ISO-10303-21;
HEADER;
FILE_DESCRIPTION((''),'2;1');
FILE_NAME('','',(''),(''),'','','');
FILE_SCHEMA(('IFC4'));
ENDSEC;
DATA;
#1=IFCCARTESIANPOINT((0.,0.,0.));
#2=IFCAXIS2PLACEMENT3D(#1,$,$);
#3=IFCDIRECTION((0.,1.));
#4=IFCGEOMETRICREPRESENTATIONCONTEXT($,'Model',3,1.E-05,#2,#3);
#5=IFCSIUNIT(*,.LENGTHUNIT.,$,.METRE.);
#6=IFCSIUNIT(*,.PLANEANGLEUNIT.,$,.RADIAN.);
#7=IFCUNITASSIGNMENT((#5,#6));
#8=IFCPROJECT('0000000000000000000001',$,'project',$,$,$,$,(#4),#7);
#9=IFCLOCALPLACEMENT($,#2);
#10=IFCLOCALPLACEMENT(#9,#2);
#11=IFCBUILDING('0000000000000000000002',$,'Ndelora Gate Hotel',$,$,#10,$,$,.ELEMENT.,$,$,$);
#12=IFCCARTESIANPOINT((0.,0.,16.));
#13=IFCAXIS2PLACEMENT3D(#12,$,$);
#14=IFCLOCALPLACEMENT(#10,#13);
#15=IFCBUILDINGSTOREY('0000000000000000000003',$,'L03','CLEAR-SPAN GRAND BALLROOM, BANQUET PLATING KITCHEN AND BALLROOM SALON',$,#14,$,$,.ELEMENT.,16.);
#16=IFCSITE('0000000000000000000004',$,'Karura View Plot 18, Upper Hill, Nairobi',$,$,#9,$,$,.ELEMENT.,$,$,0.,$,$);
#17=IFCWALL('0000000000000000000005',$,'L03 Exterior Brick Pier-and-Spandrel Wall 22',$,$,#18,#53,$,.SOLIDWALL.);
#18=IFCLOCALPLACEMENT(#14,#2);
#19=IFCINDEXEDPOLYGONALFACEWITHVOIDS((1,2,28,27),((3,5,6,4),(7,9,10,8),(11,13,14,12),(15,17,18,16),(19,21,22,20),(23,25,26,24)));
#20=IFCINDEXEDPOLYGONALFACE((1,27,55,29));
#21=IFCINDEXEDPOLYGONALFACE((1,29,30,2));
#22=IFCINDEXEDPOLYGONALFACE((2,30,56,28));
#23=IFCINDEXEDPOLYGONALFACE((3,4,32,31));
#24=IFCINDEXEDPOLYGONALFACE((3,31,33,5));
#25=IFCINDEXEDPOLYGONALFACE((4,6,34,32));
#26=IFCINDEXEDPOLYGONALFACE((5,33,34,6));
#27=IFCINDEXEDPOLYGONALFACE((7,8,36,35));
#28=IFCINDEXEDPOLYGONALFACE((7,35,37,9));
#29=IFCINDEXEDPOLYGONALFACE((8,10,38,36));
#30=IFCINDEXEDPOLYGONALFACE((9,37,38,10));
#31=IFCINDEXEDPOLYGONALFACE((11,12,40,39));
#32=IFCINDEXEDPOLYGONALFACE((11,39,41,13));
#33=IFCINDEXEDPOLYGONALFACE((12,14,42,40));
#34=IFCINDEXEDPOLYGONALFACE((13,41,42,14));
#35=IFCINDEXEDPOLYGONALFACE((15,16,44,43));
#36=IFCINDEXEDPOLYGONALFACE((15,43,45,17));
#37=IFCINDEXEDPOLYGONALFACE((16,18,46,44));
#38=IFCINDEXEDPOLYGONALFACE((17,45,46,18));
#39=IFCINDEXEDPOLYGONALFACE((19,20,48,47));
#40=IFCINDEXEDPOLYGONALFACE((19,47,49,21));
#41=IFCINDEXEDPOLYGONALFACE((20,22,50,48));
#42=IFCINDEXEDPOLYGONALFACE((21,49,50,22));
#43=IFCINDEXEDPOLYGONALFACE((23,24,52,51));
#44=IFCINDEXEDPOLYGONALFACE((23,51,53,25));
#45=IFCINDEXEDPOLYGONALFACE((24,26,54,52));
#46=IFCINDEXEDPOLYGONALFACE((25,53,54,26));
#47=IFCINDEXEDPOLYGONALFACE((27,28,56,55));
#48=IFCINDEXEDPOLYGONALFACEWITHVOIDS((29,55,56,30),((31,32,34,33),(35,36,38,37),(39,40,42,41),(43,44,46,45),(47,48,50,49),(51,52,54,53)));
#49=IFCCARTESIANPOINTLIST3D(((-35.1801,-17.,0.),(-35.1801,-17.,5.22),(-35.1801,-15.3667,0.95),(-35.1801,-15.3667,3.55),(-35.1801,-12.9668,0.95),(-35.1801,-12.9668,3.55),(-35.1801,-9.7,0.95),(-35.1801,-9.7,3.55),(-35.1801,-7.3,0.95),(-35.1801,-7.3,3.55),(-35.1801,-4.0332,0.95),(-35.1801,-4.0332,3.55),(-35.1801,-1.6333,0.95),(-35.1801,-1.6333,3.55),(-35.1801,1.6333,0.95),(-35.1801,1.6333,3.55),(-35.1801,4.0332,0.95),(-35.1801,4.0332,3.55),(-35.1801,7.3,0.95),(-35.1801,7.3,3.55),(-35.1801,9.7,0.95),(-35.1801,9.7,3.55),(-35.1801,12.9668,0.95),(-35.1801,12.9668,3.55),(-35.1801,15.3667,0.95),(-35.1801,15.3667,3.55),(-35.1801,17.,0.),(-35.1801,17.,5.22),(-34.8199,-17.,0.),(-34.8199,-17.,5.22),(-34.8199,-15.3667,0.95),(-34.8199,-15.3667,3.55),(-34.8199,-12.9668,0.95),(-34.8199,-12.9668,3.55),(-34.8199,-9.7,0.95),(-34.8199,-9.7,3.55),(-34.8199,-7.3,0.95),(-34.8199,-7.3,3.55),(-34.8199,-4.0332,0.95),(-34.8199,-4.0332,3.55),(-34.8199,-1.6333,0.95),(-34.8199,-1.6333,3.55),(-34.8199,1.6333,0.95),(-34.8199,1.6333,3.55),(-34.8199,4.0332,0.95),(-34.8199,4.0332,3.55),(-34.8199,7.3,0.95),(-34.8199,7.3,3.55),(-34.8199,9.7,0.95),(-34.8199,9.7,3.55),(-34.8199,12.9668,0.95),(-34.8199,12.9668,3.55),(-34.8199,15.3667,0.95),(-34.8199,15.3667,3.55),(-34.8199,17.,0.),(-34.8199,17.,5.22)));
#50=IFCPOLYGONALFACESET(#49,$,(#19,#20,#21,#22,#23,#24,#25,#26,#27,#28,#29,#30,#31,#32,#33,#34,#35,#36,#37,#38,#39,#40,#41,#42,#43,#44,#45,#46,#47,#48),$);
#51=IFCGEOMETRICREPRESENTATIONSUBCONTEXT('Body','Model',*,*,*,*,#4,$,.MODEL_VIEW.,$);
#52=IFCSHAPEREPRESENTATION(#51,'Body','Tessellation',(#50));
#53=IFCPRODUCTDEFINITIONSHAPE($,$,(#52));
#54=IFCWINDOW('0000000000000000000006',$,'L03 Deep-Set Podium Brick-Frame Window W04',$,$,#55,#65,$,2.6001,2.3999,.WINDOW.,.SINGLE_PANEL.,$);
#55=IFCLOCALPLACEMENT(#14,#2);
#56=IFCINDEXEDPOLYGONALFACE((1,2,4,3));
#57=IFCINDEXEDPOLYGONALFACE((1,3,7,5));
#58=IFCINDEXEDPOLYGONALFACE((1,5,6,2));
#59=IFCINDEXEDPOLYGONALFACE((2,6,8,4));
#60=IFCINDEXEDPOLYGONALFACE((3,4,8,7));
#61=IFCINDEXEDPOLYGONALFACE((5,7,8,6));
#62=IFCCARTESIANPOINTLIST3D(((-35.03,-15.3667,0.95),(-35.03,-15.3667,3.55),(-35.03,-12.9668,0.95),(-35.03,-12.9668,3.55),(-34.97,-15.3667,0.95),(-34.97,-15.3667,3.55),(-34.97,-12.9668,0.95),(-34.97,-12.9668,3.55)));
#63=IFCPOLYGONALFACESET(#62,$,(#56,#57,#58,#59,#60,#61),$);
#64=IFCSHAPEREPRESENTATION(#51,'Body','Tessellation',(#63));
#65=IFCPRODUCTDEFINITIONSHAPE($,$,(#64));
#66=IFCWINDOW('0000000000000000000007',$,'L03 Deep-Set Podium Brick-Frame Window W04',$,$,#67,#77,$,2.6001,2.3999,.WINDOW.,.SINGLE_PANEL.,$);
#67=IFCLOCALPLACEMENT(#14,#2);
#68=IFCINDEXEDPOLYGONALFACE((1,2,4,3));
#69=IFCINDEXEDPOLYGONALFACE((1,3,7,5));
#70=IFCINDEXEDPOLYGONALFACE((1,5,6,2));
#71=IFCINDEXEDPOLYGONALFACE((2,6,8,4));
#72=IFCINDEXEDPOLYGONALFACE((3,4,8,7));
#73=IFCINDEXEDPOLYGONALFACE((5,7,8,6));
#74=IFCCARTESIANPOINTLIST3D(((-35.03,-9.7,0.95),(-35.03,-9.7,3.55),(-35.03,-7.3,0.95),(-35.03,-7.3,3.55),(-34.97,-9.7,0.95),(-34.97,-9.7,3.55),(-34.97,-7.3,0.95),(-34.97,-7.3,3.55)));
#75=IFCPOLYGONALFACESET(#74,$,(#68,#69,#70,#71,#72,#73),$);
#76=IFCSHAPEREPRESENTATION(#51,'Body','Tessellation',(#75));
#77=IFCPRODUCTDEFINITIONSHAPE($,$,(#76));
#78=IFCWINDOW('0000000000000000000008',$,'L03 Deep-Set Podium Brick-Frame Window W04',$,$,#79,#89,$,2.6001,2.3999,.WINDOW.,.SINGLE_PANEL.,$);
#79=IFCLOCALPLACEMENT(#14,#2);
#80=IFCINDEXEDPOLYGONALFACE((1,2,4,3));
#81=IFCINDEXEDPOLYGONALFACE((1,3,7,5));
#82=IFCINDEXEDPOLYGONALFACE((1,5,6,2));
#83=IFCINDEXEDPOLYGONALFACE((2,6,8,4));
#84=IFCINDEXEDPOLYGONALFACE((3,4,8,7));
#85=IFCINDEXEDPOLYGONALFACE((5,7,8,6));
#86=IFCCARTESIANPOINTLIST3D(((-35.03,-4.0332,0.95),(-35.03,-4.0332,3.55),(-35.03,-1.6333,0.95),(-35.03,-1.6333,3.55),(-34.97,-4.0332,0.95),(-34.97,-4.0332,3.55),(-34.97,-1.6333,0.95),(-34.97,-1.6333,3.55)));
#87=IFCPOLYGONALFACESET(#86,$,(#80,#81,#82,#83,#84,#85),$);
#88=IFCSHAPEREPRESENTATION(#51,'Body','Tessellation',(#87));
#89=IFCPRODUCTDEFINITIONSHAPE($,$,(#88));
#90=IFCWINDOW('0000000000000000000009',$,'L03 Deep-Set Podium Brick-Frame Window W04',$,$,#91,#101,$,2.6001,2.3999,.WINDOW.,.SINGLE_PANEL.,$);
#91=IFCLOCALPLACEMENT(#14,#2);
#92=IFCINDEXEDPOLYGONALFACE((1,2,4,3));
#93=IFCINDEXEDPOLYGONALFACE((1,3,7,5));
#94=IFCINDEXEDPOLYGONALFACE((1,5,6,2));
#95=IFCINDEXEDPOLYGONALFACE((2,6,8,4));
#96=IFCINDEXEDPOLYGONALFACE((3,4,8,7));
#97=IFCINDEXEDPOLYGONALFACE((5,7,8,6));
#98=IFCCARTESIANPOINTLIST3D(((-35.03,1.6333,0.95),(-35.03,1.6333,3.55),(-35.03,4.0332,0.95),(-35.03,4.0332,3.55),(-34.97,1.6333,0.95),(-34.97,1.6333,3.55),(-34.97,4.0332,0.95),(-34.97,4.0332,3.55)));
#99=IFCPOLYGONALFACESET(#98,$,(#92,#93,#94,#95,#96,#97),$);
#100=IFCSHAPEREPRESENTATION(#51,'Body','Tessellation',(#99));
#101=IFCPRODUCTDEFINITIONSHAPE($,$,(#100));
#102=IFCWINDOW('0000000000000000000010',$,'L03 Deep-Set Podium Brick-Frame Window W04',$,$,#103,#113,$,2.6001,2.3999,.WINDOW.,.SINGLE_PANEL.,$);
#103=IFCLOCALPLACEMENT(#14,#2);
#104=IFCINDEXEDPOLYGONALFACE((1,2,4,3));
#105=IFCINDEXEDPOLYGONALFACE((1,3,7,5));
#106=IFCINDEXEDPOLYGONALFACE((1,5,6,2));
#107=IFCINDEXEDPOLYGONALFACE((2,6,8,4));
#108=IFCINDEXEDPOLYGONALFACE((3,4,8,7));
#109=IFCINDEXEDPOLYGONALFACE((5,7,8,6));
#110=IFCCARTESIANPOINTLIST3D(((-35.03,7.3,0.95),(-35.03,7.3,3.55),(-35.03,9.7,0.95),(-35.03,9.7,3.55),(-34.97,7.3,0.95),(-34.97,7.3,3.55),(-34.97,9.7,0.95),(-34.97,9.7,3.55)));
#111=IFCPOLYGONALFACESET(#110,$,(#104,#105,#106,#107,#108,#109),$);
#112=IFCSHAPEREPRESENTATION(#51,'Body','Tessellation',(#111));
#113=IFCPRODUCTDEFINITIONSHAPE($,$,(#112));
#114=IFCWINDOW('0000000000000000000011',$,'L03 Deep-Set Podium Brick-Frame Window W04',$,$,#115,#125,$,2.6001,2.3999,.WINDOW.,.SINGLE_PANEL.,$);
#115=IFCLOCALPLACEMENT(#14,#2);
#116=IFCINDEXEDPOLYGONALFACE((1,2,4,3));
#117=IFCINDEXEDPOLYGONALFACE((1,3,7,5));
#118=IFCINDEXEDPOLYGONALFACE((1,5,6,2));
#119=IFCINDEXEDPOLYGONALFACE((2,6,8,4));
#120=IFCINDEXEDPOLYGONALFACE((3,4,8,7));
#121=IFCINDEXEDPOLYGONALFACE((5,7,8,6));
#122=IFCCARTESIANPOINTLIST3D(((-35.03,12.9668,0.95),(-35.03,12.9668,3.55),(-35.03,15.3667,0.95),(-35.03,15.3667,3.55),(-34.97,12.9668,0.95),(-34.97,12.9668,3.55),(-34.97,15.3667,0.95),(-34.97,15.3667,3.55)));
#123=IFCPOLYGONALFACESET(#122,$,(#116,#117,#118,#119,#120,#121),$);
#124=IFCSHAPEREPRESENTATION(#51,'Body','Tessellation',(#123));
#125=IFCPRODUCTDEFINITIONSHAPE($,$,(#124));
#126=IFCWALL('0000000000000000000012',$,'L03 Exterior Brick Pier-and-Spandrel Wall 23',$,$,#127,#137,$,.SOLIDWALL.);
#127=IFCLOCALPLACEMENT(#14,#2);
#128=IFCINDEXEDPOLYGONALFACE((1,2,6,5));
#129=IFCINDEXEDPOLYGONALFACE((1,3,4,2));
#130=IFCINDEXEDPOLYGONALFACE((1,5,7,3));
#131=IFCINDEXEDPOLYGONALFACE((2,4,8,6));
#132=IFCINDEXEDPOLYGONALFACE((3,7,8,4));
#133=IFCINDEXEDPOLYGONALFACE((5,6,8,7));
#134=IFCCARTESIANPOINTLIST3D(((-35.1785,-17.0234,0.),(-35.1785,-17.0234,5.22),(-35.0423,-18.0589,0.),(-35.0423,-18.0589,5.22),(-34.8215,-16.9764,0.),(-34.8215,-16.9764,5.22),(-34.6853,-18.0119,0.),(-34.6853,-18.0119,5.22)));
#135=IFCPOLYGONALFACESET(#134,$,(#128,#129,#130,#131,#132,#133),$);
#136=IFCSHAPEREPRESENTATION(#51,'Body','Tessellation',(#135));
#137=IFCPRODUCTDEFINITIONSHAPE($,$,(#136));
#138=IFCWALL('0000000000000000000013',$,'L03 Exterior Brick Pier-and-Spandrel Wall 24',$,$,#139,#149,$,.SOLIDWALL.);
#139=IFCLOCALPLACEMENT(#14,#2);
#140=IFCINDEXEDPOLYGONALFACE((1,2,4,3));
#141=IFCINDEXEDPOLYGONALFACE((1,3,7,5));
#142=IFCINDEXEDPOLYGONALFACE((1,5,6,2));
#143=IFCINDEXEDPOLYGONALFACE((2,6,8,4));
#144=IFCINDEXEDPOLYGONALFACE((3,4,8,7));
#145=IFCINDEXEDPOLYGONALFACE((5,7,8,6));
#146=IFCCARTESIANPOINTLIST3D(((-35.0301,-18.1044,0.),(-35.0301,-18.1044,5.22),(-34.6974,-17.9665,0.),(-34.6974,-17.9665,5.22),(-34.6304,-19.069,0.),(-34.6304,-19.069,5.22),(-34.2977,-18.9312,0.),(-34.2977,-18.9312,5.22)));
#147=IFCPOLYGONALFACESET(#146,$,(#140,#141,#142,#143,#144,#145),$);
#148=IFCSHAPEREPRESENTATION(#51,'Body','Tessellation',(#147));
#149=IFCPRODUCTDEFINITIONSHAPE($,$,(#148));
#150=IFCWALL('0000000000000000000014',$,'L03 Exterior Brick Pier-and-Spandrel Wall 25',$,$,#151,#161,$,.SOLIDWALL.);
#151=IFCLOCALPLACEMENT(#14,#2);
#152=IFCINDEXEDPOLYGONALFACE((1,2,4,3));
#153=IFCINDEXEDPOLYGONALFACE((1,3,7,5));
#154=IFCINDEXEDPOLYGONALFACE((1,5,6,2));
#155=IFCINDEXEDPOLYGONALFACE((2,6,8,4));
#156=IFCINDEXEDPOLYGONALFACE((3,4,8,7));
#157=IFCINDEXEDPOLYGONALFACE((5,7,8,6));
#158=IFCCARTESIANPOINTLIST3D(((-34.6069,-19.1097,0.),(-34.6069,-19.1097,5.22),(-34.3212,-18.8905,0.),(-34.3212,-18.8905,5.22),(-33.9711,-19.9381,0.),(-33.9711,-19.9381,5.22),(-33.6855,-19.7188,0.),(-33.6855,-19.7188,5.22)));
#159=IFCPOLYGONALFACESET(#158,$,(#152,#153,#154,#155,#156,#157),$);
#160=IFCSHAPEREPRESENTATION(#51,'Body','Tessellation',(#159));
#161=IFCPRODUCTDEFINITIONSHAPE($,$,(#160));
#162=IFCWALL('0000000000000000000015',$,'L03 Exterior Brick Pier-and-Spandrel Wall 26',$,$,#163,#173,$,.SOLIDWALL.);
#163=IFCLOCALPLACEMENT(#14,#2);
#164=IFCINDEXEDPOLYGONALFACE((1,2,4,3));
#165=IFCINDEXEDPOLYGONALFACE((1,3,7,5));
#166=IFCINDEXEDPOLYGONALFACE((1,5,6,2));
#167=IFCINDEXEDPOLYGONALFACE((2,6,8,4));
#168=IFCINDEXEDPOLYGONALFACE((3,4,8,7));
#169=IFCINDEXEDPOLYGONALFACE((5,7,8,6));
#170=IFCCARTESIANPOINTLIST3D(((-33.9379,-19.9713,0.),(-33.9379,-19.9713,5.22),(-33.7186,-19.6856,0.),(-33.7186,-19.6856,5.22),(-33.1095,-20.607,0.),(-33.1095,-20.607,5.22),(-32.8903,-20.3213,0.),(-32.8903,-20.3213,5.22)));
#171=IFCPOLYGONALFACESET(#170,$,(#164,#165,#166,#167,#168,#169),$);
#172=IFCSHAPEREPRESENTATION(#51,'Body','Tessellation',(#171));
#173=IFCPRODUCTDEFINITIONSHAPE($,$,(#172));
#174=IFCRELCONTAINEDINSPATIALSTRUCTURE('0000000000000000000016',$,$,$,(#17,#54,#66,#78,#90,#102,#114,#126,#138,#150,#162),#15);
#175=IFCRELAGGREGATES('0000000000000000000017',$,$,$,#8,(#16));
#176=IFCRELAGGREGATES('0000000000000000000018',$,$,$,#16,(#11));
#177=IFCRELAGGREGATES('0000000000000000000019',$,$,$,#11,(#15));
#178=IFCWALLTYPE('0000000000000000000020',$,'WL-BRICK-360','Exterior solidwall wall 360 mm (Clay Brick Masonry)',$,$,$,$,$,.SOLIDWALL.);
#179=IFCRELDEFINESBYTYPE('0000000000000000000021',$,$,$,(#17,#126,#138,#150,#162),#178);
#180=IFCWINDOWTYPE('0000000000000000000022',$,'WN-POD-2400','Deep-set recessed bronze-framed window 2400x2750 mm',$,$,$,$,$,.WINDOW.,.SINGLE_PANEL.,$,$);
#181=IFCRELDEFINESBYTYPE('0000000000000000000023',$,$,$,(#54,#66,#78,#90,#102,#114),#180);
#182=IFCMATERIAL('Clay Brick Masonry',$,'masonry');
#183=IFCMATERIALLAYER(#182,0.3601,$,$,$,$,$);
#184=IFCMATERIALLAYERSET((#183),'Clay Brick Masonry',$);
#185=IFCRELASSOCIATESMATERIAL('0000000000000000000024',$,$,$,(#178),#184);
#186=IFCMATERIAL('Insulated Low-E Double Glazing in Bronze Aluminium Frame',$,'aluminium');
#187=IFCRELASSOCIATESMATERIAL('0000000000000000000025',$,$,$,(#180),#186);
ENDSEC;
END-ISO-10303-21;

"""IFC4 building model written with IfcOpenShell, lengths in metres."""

from ifc_helpers import new_model, si_unit, direction, frame, frame_2d, origin, place, context, subcontext, project, spatial, rectangle, extrude, material, layer, layer_set, type_object, element, fill, save


model = new_model("IFC4")

# Units and contexts
model_context = context("Model", 3, precision=1e-05, world=origin(), true_north=direction((0.0, 1.0)))
body_context = subcontext(model_context, "Body", "Model", "MODEL_VIEW")
ifc_project = project(units=[si_unit("LENGTHUNIT", "METRE"), si_unit("PLANEANGLEUNIT", "RADIAN")], contexts=[model_context])

# Site, building, storey
site_placement = place(None, origin())
site = spatial("IfcSite", under=ifc_project, at=site_placement, Name="Karura View Plot 18, Upper Hill, Nairobi", CompositionType="ELEMENT", RefElevation=0.0)
building_placement = place(site_placement, origin())
building = spatial("IfcBuilding", under=site, at=building_placement, Name="Ndelora Gate Hotel", CompositionType="ELEMENT")
storey_placement = place(building_placement, frame((0.0, 0.0, 16.0)))
storey = spatial("IfcBuildingStorey", under=building, at=storey_placement, Name="L03", Description="CLEAR-SPAN GRAND BALLROOM, BANQUET PLATING KITCHEN AND BALLROOM SALON", CompositionType="ELEMENT", Elevation=16.0)

# Wall, openings, windows
ifc_material_1 = material(Name="Clay Brick Masonry", Category="masonry")
ifc_layer = layer(ifc_material_1, 0.3601)
ifc_layer_set = layer_set([ifc_layer], Name="Clay Brick Masonry")
wall_type = type_object("IfcWallType", Name="WL-BRICK-360", Description="Exterior solidwall wall 360 mm (Clay Brick Masonry)", PredefinedType="SOLIDWALL", material=ifc_layer_set)
wall_1_placement = place(storey_placement, frame((-35.0, -17.0, 0.0), z_axis=(0.0, 0.0, 1.0), x_axis=(0.0, 1.0, 0.0)))
wall_1 = element("IfcWall", 1, at=wall_1_placement, inside=storey, type_object=wall_type, Name="L03 Exterior Brick Pier-and-Spandrel Wall 22", PredefinedType="SOLIDWALL", context=body_context, shape_type="SweptSolid", body=[
    extrude(rectangle(XDim=34.0, YDim=0.3601, at=frame_2d((17.0, 0.0))), origin(), (0.0, 0.0, 1.0), 5.22),
])
opening_1_placement = place(wall_1_placement, frame((1.6333, 0.0, 0.95)))
opening_1 = element("IfcOpeningElement", 2, at=opening_1_placement, cuts=wall_1, PredefinedType="OPENING", context=body_context, shape_type="SweptSolid", body=[
    extrude(rectangle(XDim=2.3999, YDim=2.6001, at=frame_2d((1.2, 1.3))), frame((0.0, 0.1899, 0.0), z_axis=(0.0, -1.0, 0.0), x_axis=(1.0, 0.0, 0.0)), (0.0, 0.0, 1.0), 0.3801),
])
opening_2_placement = place(wall_1_placement, frame((7.3, 0.0, 0.95)))
opening_2 = element("IfcOpeningElement", 3, at=opening_2_placement, cuts=wall_1, PredefinedType="OPENING", context=body_context, shape_type="SweptSolid", body=[
    extrude(rectangle(XDim=2.3999, YDim=2.6001, at=frame_2d((1.2, 1.3))), frame((0.0, 0.1899, 0.0), z_axis=(0.0, -1.0, 0.0), x_axis=(1.0, 0.0, 0.0)), (0.0, 0.0, 1.0), 0.3801),
])
opening_3_placement = place(wall_1_placement, frame((12.9668, 0.0, 0.95)))
opening_3 = element("IfcOpeningElement", 4, at=opening_3_placement, cuts=wall_1, PredefinedType="OPENING", context=body_context, shape_type="SweptSolid", body=[
    extrude(rectangle(XDim=2.3999, YDim=2.6001, at=frame_2d((1.2, 1.3))), frame((0.0, 0.1899, 0.0), z_axis=(0.0, -1.0, 0.0), x_axis=(1.0, 0.0, 0.0)), (0.0, 0.0, 1.0), 0.3801),
])
opening_4_placement = place(wall_1_placement, frame((18.6333, 0.0, 0.95)))
opening_4 = element("IfcOpeningElement", 5, at=opening_4_placement, cuts=wall_1, PredefinedType="OPENING", context=body_context, shape_type="SweptSolid", body=[
    extrude(rectangle(XDim=2.3999, YDim=2.6001, at=frame_2d((1.2, 1.3))), frame((0.0, 0.1899, 0.0), z_axis=(0.0, -1.0, 0.0), x_axis=(1.0, 0.0, 0.0)), (0.0, 0.0, 1.0), 0.3801),
])
opening_5_placement = place(wall_1_placement, frame((24.3, 0.0, 0.95)))
opening_5 = element("IfcOpeningElement", 6, at=opening_5_placement, cuts=wall_1, PredefinedType="OPENING", context=body_context, shape_type="SweptSolid", body=[
    extrude(rectangle(XDim=2.3999, YDim=2.6001, at=frame_2d((1.2, 1.3))), frame((0.0, 0.1899, 0.0), z_axis=(0.0, -1.0, 0.0), x_axis=(1.0, 0.0, 0.0)), (0.0, 0.0, 1.0), 0.3801),
])
opening_6_placement = place(wall_1_placement, frame((29.9668, 0.0, 0.95)))
opening_6 = element("IfcOpeningElement", 7, at=opening_6_placement, cuts=wall_1, PredefinedType="OPENING", context=body_context, shape_type="SweptSolid", body=[
    extrude(rectangle(XDim=2.3999, YDim=2.6001, at=frame_2d((1.2, 1.3))), frame((0.0, 0.1899, 0.0), z_axis=(0.0, -1.0, 0.0), x_axis=(1.0, 0.0, 0.0)), (0.0, 0.0, 1.0), 0.3801),
])
ifc_material_2 = material(Name="Insulated Low-E Double Glazing in Bronze Aluminium Frame", Category="aluminium")
window_type = type_object("IfcWindowType", Name="WN-POD-2400", Description="Deep-set recessed bronze-framed window 2400x2750 mm", PartitioningType="SINGLE_PANEL", PredefinedType="WINDOW", material=ifc_material_2)
window_1_placement = place(opening_1_placement, origin())
window_1 = element("IfcWindow", 8, at=window_1_placement, inside=storey, type_object=window_type, Name="L03 Deep-Set Podium Brick-Frame Window W04", OverallHeight=2.6001, OverallWidth=2.3999, PartitioningType="SINGLE_PANEL", PredefinedType="WINDOW", context=body_context, shape_type="SweptSolid", body=[
    extrude(rectangle(XDim=2.3999, YDim=2.6001, at=frame_2d((1.2, 1.3))), frame((0.0, 0.03, 0.0), z_axis=(0.0, -1.0, 0.0), x_axis=(1.0, 0.0, 0.0)), (0.0, 0.0, 1.0), 0.0601),
])
fill(opening_1, window_1)
window_2_placement = place(opening_2_placement, origin())
window_2 = element("IfcWindow", 9, at=window_2_placement, inside=storey, type_object=window_type, Name="L03 Deep-Set Podium Brick-Frame Window W04", OverallHeight=2.6001, OverallWidth=2.3999, PartitioningType="SINGLE_PANEL", PredefinedType="WINDOW", context=body_context, shape_type="SweptSolid", body=[
    extrude(rectangle(XDim=2.3999, YDim=2.6001, at=frame_2d((1.2, 1.3))), frame((0.0, 0.03, 0.0), z_axis=(0.0, -1.0, 0.0), x_axis=(1.0, 0.0, 0.0)), (0.0, 0.0, 1.0), 0.0601),
])
fill(opening_2, window_2)
window_3_placement = place(opening_3_placement, origin())
window_3 = element("IfcWindow", 10, at=window_3_placement, inside=storey, type_object=window_type, Name="L03 Deep-Set Podium Brick-Frame Window W04", OverallHeight=2.6001, OverallWidth=2.3999, PartitioningType="SINGLE_PANEL", PredefinedType="WINDOW", context=body_context, shape_type="SweptSolid", body=[
    extrude(rectangle(XDim=2.3999, YDim=2.6001, at=frame_2d((1.2, 1.3))), frame((0.0, 0.03, 0.0), z_axis=(0.0, -1.0, 0.0), x_axis=(1.0, 0.0, 0.0)), (0.0, 0.0, 1.0), 0.0601),
])
fill(opening_3, window_3)
window_4_placement = place(opening_4_placement, origin())
window_4 = element("IfcWindow", 11, at=window_4_placement, inside=storey, type_object=window_type, Name="L03 Deep-Set Podium Brick-Frame Window W04", OverallHeight=2.6001, OverallWidth=2.3999, PartitioningType="SINGLE_PANEL", PredefinedType="WINDOW", context=body_context, shape_type="SweptSolid", body=[
    extrude(rectangle(XDim=2.3999, YDim=2.6001, at=frame_2d((1.2, 1.3))), frame((0.0, 0.03, 0.0), z_axis=(0.0, -1.0, 0.0), x_axis=(1.0, 0.0, 0.0)), (0.0, 0.0, 1.0), 0.0601),
])
fill(opening_4, window_4)
window_5_placement = place(opening_5_placement, origin())
window_5 = element("IfcWindow", 12, at=window_5_placement, inside=storey, type_object=window_type, Name="L03 Deep-Set Podium Brick-Frame Window W04", OverallHeight=2.6001, OverallWidth=2.3999, PartitioningType="SINGLE_PANEL", PredefinedType="WINDOW", context=body_context, shape_type="SweptSolid", body=[
    extrude(rectangle(XDim=2.3999, YDim=2.6001, at=frame_2d((1.2, 1.3))), frame((0.0, 0.03, 0.0), z_axis=(0.0, -1.0, 0.0), x_axis=(1.0, 0.0, 0.0)), (0.0, 0.0, 1.0), 0.0601),
])
fill(opening_5, window_5)
window_6_placement = place(opening_6_placement, origin())
window_6 = element("IfcWindow", 13, at=window_6_placement, inside=storey, type_object=window_type, Name="L03 Deep-Set Podium Brick-Frame Window W04", OverallHeight=2.6001, OverallWidth=2.3999, PartitioningType="SINGLE_PANEL", PredefinedType="WINDOW", context=body_context, shape_type="SweptSolid", body=[
    extrude(rectangle(XDim=2.3999, YDim=2.6001, at=frame_2d((1.2, 1.3))), frame((0.0, 0.03, 0.0), z_axis=(0.0, -1.0, 0.0), x_axis=(1.0, 0.0, 0.0)), (0.0, 0.0, 1.0), 0.0601),
])
fill(opening_6, window_6)

# Walls
wall_2_placement = place(storey_placement, frame((-34.8638, -18.0354, 0.0), z_axis=(0.0, 0.0, 1.0), x_axis=(-0.130448, 0.991455, 0.0)))
element("IfcWall", 14, at=wall_2_placement, inside=storey, type_object=wall_type, Name="L03 Exterior Brick Pier-and-Spandrel Wall 23", PredefinedType="SOLIDWALL", context=body_context, shape_type="SweptSolid", body=[
    extrude(rectangle(XDim=1.0444, YDim=0.3601, at=frame_2d((0.5222, 0.0))), origin(), (0.0, 0.0, 1.0), 5.22),
])
for number, where, z_axis, x_axis, name in (
    (15, (-34.4641, -19.0, 0.0), (0.0, 0.0, 1.0), (-0.382772, 0.923843, 0.0), "L03 Exterior Brick Pier-and-Spandrel Wall 24"),
    (16, (-33.8284, -19.8284, 0.0), (0.0, 0.0, 1.0), (-0.608829, 0.793301, 0.0), "L03 Exterior Brick Pier-and-Spandrel Wall 25"),
    (17, (-33.0, -20.4641, 0.0), (0.0, 0.0, 1.0), (-0.793301, 0.608829, 0.0), "L03 Exterior Brick Pier-and-Spandrel Wall 26"),
):
    element("IfcWall", number, at=place(storey_placement, frame(where, z_axis=z_axis, x_axis=x_axis)), inside=storey, type_object=wall_type, Name=name, PredefinedType="SOLIDWALL", context=body_context, shape_type="SweptSolid", body=[
        extrude(rectangle(XDim=1.0442, YDim=0.3601, at=frame_2d((0.522, 0.0))), origin(), (0.0, 0.0, 1.0), 5.22),
    ])

save(model, "model.ifc")
